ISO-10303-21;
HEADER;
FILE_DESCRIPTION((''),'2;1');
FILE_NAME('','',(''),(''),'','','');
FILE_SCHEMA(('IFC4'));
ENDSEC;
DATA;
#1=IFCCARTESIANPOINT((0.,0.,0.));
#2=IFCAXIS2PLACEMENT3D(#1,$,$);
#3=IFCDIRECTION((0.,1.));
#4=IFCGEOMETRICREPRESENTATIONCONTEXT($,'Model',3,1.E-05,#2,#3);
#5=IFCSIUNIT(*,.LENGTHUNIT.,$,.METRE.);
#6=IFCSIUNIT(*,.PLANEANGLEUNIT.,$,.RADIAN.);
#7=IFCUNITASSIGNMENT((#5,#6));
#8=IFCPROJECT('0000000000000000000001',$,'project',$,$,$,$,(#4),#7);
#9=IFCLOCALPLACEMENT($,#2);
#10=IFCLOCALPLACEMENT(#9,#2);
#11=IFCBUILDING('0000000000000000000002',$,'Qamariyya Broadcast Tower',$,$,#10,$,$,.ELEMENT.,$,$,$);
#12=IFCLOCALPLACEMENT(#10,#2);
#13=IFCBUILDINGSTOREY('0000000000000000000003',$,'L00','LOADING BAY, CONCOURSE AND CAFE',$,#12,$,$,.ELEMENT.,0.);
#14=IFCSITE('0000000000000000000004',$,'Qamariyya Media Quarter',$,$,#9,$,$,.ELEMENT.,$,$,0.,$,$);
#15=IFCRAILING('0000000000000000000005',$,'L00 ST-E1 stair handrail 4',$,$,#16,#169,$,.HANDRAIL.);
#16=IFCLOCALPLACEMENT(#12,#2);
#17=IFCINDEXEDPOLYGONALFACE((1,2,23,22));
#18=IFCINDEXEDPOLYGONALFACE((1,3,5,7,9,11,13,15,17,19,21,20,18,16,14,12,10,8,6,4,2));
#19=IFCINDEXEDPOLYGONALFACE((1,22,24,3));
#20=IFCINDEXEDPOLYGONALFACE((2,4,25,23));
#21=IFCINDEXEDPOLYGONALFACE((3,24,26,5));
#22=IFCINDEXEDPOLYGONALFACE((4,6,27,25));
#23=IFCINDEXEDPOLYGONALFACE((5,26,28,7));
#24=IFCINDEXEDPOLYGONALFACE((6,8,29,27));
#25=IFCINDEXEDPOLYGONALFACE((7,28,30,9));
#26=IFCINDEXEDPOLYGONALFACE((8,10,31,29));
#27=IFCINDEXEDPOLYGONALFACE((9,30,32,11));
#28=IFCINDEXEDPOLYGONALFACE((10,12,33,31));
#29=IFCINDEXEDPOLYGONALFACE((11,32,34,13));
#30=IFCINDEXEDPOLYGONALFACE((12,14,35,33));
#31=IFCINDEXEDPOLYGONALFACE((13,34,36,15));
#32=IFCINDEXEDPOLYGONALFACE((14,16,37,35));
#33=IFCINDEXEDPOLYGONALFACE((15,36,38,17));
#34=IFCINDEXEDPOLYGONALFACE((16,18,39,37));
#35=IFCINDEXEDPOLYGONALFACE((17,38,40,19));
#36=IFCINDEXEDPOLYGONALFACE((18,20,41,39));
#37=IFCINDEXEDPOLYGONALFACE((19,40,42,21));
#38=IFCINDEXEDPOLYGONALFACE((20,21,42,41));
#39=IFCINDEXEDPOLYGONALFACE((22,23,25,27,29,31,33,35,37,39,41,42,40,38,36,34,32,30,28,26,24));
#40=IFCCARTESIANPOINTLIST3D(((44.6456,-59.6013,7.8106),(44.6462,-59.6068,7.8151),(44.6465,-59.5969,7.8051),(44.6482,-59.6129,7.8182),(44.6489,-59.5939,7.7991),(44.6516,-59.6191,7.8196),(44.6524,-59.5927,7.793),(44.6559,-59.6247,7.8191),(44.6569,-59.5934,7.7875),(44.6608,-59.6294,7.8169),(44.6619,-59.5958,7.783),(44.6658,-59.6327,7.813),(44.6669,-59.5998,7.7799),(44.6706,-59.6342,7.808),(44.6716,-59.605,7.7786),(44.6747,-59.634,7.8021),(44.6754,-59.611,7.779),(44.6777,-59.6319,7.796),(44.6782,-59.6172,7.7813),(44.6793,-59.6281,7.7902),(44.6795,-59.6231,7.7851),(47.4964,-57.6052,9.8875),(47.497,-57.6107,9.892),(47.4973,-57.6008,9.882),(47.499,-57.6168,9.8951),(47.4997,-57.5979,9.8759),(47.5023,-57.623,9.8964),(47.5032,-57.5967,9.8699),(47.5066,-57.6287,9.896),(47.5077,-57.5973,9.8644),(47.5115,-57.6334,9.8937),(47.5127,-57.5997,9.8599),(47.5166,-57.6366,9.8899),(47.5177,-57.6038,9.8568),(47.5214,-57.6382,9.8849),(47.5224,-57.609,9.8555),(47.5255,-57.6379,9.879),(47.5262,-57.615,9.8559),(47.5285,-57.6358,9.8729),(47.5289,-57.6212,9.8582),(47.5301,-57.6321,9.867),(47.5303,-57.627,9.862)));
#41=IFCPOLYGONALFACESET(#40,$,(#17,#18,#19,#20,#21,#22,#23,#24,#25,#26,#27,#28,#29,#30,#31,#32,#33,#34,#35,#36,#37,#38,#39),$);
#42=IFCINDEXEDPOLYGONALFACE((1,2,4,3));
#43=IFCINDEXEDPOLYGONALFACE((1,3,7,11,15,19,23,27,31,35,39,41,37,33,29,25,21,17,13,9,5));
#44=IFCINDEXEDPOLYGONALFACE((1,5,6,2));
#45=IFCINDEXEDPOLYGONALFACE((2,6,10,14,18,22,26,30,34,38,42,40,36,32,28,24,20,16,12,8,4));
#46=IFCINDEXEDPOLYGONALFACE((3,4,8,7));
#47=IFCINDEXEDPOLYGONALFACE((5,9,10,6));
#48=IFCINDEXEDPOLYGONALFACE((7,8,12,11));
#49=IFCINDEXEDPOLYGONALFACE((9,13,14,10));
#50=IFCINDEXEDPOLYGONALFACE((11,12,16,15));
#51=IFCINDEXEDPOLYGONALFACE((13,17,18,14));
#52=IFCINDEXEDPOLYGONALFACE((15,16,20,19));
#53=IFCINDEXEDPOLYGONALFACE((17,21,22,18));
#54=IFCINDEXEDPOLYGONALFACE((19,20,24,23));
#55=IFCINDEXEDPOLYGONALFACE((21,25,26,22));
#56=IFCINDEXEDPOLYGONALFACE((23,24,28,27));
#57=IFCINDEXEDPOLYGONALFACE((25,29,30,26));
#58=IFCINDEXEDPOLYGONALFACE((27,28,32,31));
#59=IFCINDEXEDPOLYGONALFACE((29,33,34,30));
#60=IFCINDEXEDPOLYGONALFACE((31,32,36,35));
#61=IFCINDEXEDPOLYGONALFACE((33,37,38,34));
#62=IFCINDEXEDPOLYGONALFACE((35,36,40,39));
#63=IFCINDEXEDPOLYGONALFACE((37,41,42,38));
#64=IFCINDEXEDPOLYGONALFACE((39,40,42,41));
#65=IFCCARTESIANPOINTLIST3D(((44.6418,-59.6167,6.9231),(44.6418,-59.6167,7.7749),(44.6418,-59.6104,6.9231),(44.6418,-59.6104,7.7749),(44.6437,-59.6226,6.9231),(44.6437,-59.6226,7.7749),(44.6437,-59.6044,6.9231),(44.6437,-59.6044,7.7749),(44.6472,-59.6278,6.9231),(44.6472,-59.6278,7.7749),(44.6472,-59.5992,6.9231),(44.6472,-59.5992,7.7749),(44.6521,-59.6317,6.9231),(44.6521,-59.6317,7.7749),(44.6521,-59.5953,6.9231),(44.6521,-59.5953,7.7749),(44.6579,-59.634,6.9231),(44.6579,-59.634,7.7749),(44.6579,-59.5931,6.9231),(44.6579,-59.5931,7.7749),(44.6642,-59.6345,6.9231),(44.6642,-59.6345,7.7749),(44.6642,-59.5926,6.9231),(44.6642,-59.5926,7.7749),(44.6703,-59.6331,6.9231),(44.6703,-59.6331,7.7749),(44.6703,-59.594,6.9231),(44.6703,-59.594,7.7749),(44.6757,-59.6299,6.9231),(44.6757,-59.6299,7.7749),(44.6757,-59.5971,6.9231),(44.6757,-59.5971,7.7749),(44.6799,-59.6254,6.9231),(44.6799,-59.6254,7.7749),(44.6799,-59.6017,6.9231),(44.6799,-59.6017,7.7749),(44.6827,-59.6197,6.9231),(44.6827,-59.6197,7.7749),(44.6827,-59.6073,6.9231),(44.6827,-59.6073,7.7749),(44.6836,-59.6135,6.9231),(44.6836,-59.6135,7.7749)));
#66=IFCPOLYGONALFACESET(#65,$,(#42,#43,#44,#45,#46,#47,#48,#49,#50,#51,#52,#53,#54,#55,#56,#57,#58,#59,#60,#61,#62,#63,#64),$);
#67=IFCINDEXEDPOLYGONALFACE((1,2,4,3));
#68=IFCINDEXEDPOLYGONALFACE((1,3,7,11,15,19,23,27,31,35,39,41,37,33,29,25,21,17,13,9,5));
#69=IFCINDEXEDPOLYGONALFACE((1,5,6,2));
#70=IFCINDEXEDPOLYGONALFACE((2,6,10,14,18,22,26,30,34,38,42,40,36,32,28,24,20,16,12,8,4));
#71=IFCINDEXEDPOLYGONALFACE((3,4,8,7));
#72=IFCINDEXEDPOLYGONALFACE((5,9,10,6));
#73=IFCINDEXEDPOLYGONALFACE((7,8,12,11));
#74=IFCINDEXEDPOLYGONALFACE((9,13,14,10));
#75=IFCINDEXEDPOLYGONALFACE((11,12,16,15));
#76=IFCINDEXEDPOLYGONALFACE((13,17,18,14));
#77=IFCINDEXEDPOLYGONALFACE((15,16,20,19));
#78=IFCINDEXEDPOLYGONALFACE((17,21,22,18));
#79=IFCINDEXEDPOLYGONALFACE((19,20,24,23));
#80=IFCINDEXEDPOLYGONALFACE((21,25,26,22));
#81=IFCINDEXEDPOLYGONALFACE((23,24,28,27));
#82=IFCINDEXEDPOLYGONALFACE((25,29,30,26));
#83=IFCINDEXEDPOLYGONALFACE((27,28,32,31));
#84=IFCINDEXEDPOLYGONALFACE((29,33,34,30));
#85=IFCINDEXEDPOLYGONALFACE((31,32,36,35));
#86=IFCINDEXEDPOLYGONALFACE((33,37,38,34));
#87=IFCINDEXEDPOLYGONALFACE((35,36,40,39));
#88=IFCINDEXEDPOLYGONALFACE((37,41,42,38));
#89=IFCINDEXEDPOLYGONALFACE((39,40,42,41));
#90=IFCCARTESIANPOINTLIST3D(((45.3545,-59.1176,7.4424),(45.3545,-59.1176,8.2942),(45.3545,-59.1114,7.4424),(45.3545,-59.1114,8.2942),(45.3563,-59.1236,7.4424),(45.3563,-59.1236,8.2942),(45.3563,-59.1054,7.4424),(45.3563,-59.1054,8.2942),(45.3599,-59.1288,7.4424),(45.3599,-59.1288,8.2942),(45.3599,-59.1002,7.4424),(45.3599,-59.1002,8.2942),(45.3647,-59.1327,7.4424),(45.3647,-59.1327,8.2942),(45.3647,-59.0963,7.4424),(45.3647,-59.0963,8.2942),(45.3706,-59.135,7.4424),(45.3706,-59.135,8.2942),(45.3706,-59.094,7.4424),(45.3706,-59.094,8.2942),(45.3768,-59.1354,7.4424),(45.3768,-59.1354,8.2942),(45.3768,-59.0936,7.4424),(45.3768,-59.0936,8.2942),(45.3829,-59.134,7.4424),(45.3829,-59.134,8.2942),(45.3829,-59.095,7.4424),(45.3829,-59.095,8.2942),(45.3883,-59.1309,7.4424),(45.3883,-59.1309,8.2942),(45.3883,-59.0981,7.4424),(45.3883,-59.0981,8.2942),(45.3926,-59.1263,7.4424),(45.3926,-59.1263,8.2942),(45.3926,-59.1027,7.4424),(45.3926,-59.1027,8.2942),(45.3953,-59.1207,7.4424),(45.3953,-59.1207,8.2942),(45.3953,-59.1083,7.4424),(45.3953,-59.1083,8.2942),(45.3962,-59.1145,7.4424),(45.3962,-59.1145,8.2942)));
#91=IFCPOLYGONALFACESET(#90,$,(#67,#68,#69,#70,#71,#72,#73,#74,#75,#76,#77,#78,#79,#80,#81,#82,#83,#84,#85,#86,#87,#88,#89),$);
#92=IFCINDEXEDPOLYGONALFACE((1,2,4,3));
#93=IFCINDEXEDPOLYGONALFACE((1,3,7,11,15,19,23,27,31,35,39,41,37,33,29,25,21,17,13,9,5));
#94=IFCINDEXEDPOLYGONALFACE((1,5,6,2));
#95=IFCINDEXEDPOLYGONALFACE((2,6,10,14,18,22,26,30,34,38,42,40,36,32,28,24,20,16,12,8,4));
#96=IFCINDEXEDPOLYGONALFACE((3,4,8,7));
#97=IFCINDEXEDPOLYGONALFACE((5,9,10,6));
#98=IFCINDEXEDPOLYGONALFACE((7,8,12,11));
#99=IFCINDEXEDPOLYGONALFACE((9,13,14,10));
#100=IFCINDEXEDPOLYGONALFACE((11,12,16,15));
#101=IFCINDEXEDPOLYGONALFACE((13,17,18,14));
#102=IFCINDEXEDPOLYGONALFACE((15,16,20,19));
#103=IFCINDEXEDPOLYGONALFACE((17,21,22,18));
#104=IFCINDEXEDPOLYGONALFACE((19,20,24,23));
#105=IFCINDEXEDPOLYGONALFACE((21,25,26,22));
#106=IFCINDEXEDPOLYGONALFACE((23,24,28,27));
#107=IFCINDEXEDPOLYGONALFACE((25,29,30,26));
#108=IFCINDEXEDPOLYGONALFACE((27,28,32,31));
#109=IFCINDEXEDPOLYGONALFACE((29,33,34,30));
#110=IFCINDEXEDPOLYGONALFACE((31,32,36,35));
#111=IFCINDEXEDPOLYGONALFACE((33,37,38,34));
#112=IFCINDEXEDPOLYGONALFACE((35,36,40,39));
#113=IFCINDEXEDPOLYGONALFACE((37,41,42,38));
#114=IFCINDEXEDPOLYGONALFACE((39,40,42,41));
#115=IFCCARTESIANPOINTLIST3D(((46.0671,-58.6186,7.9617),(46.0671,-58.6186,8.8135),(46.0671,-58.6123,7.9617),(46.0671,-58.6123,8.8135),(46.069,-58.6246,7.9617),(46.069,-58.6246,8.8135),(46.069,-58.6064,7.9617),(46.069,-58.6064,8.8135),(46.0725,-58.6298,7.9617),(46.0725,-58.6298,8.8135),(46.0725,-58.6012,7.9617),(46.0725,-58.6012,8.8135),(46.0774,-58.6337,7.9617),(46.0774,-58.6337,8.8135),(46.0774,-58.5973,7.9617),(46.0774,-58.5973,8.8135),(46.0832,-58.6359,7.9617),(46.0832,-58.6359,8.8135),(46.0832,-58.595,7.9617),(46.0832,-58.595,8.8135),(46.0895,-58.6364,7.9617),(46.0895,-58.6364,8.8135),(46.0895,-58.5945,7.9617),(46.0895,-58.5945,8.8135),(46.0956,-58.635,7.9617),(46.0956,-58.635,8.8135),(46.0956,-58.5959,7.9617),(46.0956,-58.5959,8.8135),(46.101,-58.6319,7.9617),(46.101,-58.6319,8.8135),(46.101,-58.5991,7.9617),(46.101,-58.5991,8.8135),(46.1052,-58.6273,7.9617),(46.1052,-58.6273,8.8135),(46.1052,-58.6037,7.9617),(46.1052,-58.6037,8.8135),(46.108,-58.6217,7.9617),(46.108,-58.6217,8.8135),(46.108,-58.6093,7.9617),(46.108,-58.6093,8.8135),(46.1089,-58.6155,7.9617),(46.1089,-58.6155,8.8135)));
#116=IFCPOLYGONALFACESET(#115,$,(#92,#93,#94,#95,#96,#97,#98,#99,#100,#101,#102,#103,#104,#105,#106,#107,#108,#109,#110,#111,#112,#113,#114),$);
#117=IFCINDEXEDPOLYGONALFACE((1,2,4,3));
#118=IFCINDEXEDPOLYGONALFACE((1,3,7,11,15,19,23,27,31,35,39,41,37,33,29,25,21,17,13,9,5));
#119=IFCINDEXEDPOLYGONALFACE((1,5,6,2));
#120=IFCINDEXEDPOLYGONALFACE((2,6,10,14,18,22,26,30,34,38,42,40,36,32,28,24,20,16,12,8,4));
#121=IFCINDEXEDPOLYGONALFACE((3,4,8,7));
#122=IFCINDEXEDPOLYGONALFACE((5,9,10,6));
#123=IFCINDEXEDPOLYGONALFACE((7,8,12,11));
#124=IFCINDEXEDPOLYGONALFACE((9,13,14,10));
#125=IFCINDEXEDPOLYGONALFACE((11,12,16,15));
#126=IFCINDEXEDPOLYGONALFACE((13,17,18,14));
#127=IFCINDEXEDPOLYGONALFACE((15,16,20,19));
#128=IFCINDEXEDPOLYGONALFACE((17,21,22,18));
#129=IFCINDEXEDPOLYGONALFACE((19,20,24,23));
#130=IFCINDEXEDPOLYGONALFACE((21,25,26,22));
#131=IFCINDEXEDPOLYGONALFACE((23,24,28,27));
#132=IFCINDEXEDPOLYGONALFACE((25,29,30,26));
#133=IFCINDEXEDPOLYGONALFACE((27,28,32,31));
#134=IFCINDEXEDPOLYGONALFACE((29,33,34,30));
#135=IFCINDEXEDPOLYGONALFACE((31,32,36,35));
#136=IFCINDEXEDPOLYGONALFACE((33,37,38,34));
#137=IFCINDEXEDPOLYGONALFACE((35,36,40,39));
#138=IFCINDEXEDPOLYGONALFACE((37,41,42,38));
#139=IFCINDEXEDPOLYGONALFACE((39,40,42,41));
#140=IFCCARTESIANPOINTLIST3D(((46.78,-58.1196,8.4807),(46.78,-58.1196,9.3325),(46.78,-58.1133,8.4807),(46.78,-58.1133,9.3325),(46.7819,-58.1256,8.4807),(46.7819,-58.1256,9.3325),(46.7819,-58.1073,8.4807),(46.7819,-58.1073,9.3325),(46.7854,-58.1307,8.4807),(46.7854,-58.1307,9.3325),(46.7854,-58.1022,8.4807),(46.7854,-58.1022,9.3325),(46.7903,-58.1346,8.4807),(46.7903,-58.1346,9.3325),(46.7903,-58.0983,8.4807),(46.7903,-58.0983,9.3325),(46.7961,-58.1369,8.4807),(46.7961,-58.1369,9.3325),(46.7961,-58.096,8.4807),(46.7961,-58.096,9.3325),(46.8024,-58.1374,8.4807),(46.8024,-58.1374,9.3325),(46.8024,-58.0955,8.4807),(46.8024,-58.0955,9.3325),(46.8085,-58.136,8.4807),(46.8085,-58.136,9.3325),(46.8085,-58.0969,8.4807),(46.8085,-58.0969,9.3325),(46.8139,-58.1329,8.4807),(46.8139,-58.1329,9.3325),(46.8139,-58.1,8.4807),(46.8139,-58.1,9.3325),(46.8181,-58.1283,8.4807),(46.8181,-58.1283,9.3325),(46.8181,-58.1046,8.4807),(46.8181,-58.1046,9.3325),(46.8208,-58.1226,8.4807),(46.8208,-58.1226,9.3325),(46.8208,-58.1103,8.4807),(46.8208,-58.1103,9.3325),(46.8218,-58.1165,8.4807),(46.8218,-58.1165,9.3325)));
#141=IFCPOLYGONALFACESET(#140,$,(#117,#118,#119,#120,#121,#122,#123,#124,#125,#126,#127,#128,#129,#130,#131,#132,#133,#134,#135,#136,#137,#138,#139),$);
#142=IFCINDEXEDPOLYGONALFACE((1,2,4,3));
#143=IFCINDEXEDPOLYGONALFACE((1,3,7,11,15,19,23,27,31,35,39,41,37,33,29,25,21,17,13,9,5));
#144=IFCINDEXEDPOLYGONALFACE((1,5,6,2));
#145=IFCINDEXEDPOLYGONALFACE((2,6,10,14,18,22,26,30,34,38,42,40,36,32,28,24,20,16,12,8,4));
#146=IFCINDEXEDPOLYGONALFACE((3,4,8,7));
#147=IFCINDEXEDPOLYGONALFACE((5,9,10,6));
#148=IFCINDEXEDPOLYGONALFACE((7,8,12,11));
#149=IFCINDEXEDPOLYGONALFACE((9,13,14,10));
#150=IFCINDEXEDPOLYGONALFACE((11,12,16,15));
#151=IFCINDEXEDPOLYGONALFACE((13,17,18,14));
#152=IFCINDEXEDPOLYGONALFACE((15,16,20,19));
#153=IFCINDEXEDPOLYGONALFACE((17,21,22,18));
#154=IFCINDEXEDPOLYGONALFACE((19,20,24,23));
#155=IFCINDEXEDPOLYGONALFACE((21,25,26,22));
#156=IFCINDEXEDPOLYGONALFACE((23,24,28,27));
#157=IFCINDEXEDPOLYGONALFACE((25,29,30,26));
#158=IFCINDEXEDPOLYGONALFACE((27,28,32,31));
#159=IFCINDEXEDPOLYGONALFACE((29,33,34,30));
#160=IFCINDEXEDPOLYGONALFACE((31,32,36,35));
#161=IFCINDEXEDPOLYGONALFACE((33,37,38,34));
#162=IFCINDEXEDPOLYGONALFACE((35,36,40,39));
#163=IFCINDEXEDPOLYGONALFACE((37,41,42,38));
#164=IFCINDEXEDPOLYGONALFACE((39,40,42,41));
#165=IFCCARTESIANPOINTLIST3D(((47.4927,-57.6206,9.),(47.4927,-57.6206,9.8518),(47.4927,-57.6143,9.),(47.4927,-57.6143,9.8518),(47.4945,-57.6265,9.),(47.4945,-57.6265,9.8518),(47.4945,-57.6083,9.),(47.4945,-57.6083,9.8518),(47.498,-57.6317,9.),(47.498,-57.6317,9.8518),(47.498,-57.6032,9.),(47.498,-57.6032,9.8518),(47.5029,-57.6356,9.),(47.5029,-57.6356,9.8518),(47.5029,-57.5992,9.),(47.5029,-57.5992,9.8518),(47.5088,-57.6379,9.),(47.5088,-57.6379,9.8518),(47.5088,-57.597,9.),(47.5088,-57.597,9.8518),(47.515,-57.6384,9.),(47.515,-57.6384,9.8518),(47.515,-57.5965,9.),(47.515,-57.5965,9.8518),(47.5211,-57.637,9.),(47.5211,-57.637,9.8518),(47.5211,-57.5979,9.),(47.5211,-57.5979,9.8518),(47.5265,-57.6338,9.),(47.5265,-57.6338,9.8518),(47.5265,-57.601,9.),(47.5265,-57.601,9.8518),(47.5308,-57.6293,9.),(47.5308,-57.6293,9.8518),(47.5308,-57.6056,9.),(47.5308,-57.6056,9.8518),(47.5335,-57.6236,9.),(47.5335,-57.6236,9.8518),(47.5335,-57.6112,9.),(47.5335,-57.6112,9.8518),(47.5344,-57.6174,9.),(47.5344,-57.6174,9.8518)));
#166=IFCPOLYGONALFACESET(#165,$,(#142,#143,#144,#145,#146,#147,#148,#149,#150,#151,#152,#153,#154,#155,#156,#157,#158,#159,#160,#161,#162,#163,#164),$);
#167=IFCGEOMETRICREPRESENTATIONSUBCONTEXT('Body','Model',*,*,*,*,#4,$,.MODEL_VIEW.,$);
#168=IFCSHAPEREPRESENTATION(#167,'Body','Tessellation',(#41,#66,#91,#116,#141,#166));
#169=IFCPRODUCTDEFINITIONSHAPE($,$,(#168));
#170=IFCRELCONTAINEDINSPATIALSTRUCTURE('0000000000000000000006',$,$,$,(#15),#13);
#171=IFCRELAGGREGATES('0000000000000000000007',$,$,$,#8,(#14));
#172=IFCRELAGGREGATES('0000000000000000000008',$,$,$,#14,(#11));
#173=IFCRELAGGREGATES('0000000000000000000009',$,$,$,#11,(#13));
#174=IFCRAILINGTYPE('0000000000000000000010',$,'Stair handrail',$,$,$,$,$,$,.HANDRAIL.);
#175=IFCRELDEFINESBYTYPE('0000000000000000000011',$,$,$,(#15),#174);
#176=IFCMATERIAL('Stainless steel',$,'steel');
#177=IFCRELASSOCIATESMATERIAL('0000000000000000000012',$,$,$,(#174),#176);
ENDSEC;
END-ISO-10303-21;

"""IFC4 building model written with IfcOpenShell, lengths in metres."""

from ifc_helpers import new_model, si_unit, direction, frame, origin, origin_2d, place, context, subcontext, project, spatial, circle, extrude, material, type_object, element, save


model = new_model("IFC4")

# Units and contexts
model_context = context("Model", 3, precision=1e-05, world=origin(), true_north=direction((0.0, 1.0)))
body_context = subcontext(model_context, "Body", "Model", "MODEL_VIEW")
ifc_project = project(units=[si_unit("LENGTHUNIT", "METRE"), si_unit("PLANEANGLEUNIT", "RADIAN")], contexts=[model_context])

# Site, building, storey
site_placement = place(None, origin())
site = spatial("IfcSite", under=ifc_project, at=site_placement, Name="Qamariyya Media Quarter", CompositionType="ELEMENT", RefElevation=0.0)
building_placement = place(site_placement, origin())
building = spatial("IfcBuilding", under=site, at=building_placement, Name="Qamariyya Broadcast Tower", CompositionType="ELEMENT")
storey_placement = place(building_placement, origin())
storey = spatial("IfcBuildingStorey", under=building, at=storey_placement, Name="L00", Description="LOADING BAY, CONCOURSE AND CAFE", CompositionType="ELEMENT", Elevation=0.0)

# Railing
ifc_material_1 = material(Name="Stainless steel", Category="steel")
railing_type_1 = type_object("IfcRailingType", Name="Stair handrail", PredefinedType="HANDRAIL", material=ifc_material_1)
railing_1_placement = place(storey_placement, frame((44.6626, -59.6135, 6.9231)))
element("IfcRailing", 1, at=railing_1_placement, inside=storey, type_object=railing_type_1, Name="L00 ST-E1 stair handrail 4", PredefinedType="HANDRAIL", context=body_context, shape_type="SweptSolid", body=[
    extrude(circle(Radius=0.0239, at=origin_2d()), frame((0.0, 0.0, 0.876), z_axis=(0.703423, 0.492523, 0.512462), x_axis=(-0.573561, 0.819163, 0.0)), (0.0, 0.0, 1.0), 4.0527),
    extrude(circle(Radius=0.021, at=origin_2d()), origin(), (0.0, 0.0, 1.0), 0.8518),
    extrude(circle(Radius=0.021, at=origin_2d()), frame((0.7126, 0.499, 0.5193)), (0.0, 0.0, 1.0), 0.8518),
    extrude(circle(Radius=0.021, at=origin_2d()), frame((1.4253, 0.998, 1.0386)), (0.0, 0.0, 1.0), 0.8518),
    extrude(circle(Radius=0.021, at=origin_2d()), frame((2.1382, 1.4971, 1.5576)), (0.0, 0.0, 1.0), 0.8518),
    extrude(circle(Radius=0.021, at=origin_2d()), frame((2.8508, 1.9961, 2.0769)), (0.0, 0.0, 1.0), 0.8518),
])

save(model, "model.ifc")
